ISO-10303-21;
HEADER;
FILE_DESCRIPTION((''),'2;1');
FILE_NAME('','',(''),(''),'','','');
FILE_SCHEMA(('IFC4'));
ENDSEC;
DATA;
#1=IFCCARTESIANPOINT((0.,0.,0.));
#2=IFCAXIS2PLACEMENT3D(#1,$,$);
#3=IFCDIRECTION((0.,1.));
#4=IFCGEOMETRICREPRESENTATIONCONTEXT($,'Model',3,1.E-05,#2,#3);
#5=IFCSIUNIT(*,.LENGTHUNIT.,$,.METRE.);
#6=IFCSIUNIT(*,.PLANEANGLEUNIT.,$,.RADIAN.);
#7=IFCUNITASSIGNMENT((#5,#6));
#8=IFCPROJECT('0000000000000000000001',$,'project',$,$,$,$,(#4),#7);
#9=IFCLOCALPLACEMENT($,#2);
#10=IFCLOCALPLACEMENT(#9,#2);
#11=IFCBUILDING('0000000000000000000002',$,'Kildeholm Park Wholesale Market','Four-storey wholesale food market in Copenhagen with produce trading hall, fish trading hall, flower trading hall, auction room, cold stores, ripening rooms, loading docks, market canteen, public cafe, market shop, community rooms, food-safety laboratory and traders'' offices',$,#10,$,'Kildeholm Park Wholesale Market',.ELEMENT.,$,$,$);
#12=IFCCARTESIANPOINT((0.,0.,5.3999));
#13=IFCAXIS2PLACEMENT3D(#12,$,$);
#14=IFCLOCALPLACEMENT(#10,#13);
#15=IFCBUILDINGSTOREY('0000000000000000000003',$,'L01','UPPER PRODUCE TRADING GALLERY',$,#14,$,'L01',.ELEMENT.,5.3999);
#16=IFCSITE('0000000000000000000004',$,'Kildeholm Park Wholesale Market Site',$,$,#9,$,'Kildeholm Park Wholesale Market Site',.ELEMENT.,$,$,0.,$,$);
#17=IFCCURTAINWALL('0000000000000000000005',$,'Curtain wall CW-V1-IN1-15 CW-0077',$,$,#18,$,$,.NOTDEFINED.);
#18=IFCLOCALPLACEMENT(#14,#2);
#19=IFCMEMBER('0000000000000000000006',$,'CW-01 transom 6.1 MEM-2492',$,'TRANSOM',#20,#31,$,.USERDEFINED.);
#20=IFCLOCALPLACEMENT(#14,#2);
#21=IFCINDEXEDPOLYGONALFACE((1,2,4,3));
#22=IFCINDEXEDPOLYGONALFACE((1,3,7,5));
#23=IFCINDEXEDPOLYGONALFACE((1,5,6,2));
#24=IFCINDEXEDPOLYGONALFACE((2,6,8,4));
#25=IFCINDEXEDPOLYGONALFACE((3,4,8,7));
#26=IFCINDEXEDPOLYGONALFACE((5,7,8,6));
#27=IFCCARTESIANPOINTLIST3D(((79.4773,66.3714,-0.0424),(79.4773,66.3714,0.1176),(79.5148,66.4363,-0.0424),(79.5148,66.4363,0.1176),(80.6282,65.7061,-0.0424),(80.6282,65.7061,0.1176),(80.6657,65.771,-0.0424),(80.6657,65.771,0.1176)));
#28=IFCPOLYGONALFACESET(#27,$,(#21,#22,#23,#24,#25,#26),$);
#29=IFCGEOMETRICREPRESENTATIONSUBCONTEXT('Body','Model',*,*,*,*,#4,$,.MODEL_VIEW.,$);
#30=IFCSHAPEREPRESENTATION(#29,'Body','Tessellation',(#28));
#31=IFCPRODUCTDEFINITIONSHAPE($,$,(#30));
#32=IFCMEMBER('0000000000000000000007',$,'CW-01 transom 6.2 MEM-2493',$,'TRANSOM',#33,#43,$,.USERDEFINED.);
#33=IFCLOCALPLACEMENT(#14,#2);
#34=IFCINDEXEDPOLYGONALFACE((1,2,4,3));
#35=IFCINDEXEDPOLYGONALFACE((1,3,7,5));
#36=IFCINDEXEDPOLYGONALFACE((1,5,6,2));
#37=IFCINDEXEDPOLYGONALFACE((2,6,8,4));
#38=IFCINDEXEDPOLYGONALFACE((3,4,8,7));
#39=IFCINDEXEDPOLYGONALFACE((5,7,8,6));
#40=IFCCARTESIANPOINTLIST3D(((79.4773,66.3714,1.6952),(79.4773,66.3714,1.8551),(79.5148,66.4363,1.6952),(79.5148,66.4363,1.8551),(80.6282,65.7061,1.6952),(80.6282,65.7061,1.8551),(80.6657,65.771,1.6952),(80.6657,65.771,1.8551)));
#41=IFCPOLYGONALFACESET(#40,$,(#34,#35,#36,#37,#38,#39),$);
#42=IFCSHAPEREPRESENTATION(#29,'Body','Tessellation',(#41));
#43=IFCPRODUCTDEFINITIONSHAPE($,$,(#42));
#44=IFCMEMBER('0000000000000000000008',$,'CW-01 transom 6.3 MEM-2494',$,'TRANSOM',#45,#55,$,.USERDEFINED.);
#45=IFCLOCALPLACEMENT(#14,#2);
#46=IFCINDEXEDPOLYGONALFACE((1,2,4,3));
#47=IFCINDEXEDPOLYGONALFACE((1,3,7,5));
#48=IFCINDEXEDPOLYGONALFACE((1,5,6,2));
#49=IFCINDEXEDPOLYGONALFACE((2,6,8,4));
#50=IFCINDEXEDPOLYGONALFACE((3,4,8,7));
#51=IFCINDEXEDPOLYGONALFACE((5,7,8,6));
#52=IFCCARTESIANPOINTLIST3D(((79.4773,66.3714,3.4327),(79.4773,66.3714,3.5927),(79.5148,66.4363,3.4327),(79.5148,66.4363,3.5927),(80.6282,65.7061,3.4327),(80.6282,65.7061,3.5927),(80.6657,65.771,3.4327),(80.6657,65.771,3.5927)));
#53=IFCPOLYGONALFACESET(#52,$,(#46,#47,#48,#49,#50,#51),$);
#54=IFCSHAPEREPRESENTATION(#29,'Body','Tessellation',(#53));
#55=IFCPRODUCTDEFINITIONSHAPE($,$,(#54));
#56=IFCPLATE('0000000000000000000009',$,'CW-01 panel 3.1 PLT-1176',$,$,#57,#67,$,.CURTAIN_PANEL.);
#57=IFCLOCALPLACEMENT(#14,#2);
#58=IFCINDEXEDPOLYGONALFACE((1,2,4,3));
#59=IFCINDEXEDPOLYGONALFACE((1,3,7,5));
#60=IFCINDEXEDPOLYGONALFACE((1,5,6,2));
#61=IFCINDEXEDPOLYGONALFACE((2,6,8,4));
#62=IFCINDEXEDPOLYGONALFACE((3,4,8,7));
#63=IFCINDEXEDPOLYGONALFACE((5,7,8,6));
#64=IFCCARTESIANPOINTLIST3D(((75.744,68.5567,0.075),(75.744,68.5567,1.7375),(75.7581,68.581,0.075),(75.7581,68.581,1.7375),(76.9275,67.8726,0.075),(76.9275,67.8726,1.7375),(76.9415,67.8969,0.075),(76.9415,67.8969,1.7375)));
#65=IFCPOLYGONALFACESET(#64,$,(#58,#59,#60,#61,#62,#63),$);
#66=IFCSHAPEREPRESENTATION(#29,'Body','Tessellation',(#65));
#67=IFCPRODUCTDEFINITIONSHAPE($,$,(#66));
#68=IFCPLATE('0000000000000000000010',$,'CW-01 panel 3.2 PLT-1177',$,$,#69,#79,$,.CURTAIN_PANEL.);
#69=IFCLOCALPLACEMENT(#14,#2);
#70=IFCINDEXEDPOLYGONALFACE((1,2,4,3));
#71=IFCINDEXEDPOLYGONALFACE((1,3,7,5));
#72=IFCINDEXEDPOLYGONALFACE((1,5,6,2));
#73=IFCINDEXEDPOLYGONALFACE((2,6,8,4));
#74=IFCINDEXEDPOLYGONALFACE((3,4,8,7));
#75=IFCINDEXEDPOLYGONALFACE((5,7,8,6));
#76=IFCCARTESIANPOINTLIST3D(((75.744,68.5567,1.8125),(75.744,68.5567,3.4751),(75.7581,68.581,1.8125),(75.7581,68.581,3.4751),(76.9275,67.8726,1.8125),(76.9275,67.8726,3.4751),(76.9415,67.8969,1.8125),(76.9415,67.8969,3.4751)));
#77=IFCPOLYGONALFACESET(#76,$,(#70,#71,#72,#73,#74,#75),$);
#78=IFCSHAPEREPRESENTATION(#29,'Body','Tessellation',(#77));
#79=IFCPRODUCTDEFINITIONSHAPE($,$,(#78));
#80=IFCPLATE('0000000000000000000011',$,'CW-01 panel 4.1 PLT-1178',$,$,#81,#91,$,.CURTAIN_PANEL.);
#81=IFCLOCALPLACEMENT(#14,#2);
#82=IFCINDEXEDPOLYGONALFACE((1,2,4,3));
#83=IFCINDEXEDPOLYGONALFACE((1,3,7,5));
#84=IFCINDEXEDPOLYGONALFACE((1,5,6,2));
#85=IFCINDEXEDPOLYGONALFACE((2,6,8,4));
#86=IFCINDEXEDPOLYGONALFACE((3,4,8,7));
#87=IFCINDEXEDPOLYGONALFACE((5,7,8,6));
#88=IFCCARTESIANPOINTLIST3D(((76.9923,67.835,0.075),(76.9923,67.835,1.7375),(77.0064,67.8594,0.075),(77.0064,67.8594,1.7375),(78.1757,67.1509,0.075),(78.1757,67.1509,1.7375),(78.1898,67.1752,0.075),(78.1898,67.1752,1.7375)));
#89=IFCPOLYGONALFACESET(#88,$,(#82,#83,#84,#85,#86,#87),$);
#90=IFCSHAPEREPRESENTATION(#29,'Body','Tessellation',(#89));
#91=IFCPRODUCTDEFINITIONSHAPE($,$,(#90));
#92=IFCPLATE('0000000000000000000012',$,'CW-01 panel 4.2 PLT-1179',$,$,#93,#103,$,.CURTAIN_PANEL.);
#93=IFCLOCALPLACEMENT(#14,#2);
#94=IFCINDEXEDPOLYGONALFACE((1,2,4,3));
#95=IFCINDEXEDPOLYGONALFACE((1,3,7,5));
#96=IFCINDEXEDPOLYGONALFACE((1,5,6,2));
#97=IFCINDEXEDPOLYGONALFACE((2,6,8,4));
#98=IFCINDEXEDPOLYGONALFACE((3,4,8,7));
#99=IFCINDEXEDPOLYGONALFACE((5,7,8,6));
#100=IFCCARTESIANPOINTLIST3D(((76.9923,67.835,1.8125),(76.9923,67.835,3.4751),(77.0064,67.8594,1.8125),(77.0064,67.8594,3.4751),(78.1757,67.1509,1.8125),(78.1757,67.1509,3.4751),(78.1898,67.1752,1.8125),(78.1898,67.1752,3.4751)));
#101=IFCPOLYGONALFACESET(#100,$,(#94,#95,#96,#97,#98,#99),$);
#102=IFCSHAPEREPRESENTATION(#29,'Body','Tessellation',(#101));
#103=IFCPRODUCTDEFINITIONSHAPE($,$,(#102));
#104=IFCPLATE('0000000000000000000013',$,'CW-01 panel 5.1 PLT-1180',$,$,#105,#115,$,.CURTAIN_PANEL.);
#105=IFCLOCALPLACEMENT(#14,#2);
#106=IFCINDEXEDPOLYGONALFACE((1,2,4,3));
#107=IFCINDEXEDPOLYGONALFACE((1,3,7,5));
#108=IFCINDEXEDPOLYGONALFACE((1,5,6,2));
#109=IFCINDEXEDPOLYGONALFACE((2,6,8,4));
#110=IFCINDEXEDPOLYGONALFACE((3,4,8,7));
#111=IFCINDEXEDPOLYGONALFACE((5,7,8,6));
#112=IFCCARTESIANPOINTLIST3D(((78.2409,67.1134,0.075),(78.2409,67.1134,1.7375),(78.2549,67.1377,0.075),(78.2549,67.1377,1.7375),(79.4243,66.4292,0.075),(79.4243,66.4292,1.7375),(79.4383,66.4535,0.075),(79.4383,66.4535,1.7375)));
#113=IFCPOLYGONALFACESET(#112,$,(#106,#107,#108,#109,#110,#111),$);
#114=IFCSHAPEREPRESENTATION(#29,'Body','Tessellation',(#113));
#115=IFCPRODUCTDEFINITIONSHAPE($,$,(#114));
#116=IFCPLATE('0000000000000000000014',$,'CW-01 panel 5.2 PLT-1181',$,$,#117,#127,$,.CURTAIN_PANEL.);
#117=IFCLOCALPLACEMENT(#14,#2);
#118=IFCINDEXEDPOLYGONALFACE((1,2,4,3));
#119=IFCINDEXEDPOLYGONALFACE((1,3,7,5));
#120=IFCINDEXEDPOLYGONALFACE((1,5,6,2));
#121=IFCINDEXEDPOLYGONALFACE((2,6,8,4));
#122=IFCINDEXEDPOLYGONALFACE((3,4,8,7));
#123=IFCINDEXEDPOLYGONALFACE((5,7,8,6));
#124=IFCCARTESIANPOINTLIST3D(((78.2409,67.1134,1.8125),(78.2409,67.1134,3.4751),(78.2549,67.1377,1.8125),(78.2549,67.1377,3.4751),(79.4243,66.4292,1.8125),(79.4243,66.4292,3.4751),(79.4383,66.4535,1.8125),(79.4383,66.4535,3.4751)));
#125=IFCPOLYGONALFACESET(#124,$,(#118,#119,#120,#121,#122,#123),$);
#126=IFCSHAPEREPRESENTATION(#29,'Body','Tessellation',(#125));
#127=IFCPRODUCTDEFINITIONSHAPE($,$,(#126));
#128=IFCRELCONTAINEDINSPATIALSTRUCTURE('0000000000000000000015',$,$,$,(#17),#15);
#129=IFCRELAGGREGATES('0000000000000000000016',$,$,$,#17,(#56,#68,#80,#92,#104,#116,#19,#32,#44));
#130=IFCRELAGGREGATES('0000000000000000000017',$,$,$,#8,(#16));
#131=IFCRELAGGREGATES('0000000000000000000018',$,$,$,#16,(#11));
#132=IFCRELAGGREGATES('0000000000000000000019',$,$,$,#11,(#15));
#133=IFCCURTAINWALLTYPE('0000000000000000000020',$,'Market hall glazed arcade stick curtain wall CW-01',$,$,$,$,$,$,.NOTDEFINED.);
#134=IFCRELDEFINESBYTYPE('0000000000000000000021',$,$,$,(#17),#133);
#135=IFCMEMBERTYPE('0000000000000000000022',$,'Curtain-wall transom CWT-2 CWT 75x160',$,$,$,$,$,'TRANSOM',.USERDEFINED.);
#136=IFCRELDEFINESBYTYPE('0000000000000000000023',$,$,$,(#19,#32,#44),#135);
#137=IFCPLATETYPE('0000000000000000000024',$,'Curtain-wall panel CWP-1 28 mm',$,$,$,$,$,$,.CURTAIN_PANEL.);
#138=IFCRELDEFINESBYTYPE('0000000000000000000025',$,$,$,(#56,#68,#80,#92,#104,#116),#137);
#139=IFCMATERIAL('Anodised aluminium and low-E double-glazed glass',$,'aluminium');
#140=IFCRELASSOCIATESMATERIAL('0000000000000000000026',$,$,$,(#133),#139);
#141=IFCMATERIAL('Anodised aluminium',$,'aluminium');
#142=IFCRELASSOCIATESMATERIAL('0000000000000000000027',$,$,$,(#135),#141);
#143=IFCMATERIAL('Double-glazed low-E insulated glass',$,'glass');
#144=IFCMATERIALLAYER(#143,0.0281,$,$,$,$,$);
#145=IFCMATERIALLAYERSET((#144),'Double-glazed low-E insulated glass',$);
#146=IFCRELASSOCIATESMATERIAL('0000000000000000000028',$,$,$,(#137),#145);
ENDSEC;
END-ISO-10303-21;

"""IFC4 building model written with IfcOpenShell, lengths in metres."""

from ifc_helpers import new_model, si_unit, direction, frame, origin, origin_2d, place, context, subcontext, project, spatial, rectangle, extrude, material, layer, layer_set, material_profile, profile_set, type_object, element, aggregate, save


model = new_model("IFC4")

# Units and contexts
model_context = context("Model", 3, precision=1e-05, world=origin(), true_north=direction((0.0, 1.0)))
body_context = subcontext(model_context, "Body", "Model", "MODEL_VIEW")
ifc_project = project(units=[si_unit("LENGTHUNIT", "METRE"), si_unit("PLANEANGLEUNIT", "RADIAN")], contexts=[model_context])

# Site, building, storey
site_placement = place(None, origin())
site = spatial("IfcSite", under=ifc_project, at=site_placement, Name="Kildeholm Park Wholesale Market Site", LongName="Kildeholm Park Wholesale Market Site", CompositionType="ELEMENT", RefElevation=0.0)
building_placement = place(site_placement, origin())
building = spatial("IfcBuilding", under=site, at=building_placement, Name="Kildeholm Park Wholesale Market", Description="Four-storey wholesale food market in Copenhagen with produce trading hall, fish trading hall, flower trading hall, auction room, cold stores, ripening rooms, loading docks, market canteen, public cafe, market shop, community rooms, food-safety laboratory and traders' offices", LongName="Kildeholm Park Wholesale Market", CompositionType="ELEMENT")
storey_placement = place(building_placement, frame((0.0, 0.0, 5.3999)))
storey = spatial("IfcBuildingStorey", under=building, at=storey_placement, Name="L01", Description="UPPER PRODUCE TRADING GALLERY", LongName="L01", CompositionType="ELEMENT", Elevation=5.3999)

# Curtain wall, members, plates
ifc_material_1 = material(Name="Anodised aluminium and low-E double-glazed glass", Category="aluminium")
curtain_wall_type = type_object("IfcCurtainWallType", Name="Market hall glazed arcade stick curtain wall CW-01", PredefinedType="NOTDEFINED", material=ifc_material_1)
curtain_wall_placement = place(storey_placement, origin())
curtain_wall = element("IfcCurtainWall", 1, at=curtain_wall_placement, inside=storey, type_object=curtain_wall_type, Name="Curtain wall CW-V1-IN1-15 CW-0077", PredefinedType="NOTDEFINED")
ifc_material_2 = material(Name="Anodised aluminium", Category="aluminium")
ifc_material_profile_1 = material_profile(ifc_material_2, rectangle(XDim=0.075, YDim=0.1599, at=origin_2d()), Name="CWT 75x160")
ifc_profile_set_1 = profile_set([ifc_material_profile_1], Name="Anodised aluminium")
member_type_1 = type_object("IfcMemberType", Name="Curtain-wall transom CWT-2 CWT 75x160", ElementType="TRANSOM", PredefinedType="USERDEFINED", material=ifc_profile_set_1)
member_1_placement = place(storey_placement, frame((79.4961, 66.4038, 0.0376), z_axis=(0.865757, -0.500464, 0.0), x_axis=(0.500464, 0.865757, 0.0)))
member_1 = element("IfcMember", 2, at=member_1_placement, type_object=member_type_1, Name="CW-01 transom 6.1 MEM-2492", ObjectType="TRANSOM", PredefinedType="USERDEFINED", context=body_context, shape_type="SweptSolid", body=[
    extrude(rectangle(XDim=0.075, YDim=0.1599, at=origin_2d()), origin(), (0.0, 0.0, 1.0), 1.3293),
])
member_2_placement = place(storey_placement, frame((79.4961, 66.4038, 1.7751), z_axis=(0.865757, -0.500464, 0.0), x_axis=(0.500464, 0.865757, 0.0)))
member_2 = element("IfcMember", 3, at=member_2_placement, type_object=member_type_1, Name="CW-01 transom 6.2 MEM-2493", ObjectType="TRANSOM", PredefinedType="USERDEFINED", context=body_context, shape_type="SweptSolid", body=[
    extrude(rectangle(XDim=0.075, YDim=0.1599, at=origin_2d()), origin(), (0.0, 0.0, 1.0), 1.3293),
])
member_3_placement = place(storey_placement, frame((79.4961, 66.4038, 3.5127), z_axis=(0.865757, -0.500464, 0.0), x_axis=(0.500464, 0.865757, 0.0)))
member_3 = element("IfcMember", 4, at=member_3_placement, type_object=member_type_1, Name="CW-01 transom 6.3 MEM-2494", ObjectType="TRANSOM", PredefinedType="USERDEFINED", context=body_context, shape_type="SweptSolid", body=[
    extrude(rectangle(XDim=0.075, YDim=0.1599, at=origin_2d()), origin(), (0.0, 0.0, 1.0), 1.3293),
])
ifc_material_3 = material(Name="Double-glazed low-E insulated glass", Category="glass")
ifc_layer = layer(ifc_material_3, 0.0281)
ifc_layer_set = layer_set([ifc_layer], Name="Double-glazed low-E insulated glass")
plate_type = type_object("IfcPlateType", Name="Curtain-wall panel CWP-1 28 mm", PredefinedType="CURTAIN_PANEL", material=ifc_layer_set)
plate_1_placement = place(storey_placement, frame((76.3428, 68.2268, 0.075), z_axis=(0.0, 0.0, 1.0), x_axis=(0.865743, -0.500489, 0.0)))
plate_1 = element("IfcPlate", 5, at=plate_1_placement, type_object=plate_type, Name="CW-01 panel 3.1 PLT-1176", PredefinedType="CURTAIN_PANEL", context=body_context, shape_type="SweptSolid", body=[
    extrude(rectangle(XDim=1.3669, YDim=0.0281, at=origin_2d()), origin(), (0.0, 0.0, 1.0), 1.6626),
])
plate_2_placement = place(storey_placement, frame((76.3428, 68.2268, 1.8125), z_axis=(0.0, 0.0, 1.0), x_axis=(0.865743, -0.500489, 0.0)))
plate_2 = element("IfcPlate", 6, at=plate_2_placement, type_object=plate_type, Name="CW-01 panel 3.2 PLT-1177", PredefinedType="CURTAIN_PANEL", context=body_context, shape_type="SweptSolid", body=[
    extrude(rectangle(XDim=1.3669, YDim=0.0281, at=origin_2d()), origin(), (0.0, 0.0, 1.0), 1.6626),
])
plate_3_placement = place(storey_placement, frame((77.5911, 67.5051, 0.075), z_axis=(0.0, 0.0, 1.0), x_axis=(0.865743, -0.500489, 0.0)))
plate_3 = element("IfcPlate", 7, at=plate_3_placement, type_object=plate_type, Name="CW-01 panel 4.1 PLT-1178", PredefinedType="CURTAIN_PANEL", context=body_context, shape_type="SweptSolid", body=[
    extrude(rectangle(XDim=1.3669, YDim=0.0281, at=origin_2d()), origin(), (0.0, 0.0, 1.0), 1.6626),
])
plate_4_placement = place(storey_placement, frame((77.5911, 67.5051, 1.8125), z_axis=(0.0, 0.0, 1.0), x_axis=(0.865743, -0.500489, 0.0)))
plate_4 = element("IfcPlate", 8, at=plate_4_placement, type_object=plate_type, Name="CW-01 panel 4.2 PLT-1179", PredefinedType="CURTAIN_PANEL", context=body_context, shape_type="SweptSolid", body=[
    extrude(rectangle(XDim=1.3669, YDim=0.0281, at=origin_2d()), origin(), (0.0, 0.0, 1.0), 1.6626),
])
plate_5_placement = place(storey_placement, frame((78.8396, 66.7834, 0.075), z_axis=(0.0, 0.0, 1.0), x_axis=(0.865743, -0.500489, 0.0)))
plate_5 = element("IfcPlate", 9, at=plate_5_placement, type_object=plate_type, Name="CW-01 panel 5.1 PLT-1180", PredefinedType="CURTAIN_PANEL", context=body_context, shape_type="SweptSolid", body=[
    extrude(rectangle(XDim=1.3669, YDim=0.0281, at=origin_2d()), origin(), (0.0, 0.0, 1.0), 1.6626),
])
plate_6_placement = place(storey_placement, frame((78.8396, 66.7834, 1.8125), z_axis=(0.0, 0.0, 1.0), x_axis=(0.865743, -0.500489, 0.0)))
plate_6 = element("IfcPlate", 10, at=plate_6_placement, type_object=plate_type, Name="CW-01 panel 5.2 PLT-1181", PredefinedType="CURTAIN_PANEL", context=body_context, shape_type="SweptSolid", body=[
    extrude(rectangle(XDim=1.3669, YDim=0.0281, at=origin_2d()), origin(), (0.0, 0.0, 1.0), 1.6626),
])
aggregate(curtain_wall, [plate_1, plate_2, plate_3, plate_4, plate_5, plate_6, member_1, member_2, member_3])

save(model, "model.ifc")
